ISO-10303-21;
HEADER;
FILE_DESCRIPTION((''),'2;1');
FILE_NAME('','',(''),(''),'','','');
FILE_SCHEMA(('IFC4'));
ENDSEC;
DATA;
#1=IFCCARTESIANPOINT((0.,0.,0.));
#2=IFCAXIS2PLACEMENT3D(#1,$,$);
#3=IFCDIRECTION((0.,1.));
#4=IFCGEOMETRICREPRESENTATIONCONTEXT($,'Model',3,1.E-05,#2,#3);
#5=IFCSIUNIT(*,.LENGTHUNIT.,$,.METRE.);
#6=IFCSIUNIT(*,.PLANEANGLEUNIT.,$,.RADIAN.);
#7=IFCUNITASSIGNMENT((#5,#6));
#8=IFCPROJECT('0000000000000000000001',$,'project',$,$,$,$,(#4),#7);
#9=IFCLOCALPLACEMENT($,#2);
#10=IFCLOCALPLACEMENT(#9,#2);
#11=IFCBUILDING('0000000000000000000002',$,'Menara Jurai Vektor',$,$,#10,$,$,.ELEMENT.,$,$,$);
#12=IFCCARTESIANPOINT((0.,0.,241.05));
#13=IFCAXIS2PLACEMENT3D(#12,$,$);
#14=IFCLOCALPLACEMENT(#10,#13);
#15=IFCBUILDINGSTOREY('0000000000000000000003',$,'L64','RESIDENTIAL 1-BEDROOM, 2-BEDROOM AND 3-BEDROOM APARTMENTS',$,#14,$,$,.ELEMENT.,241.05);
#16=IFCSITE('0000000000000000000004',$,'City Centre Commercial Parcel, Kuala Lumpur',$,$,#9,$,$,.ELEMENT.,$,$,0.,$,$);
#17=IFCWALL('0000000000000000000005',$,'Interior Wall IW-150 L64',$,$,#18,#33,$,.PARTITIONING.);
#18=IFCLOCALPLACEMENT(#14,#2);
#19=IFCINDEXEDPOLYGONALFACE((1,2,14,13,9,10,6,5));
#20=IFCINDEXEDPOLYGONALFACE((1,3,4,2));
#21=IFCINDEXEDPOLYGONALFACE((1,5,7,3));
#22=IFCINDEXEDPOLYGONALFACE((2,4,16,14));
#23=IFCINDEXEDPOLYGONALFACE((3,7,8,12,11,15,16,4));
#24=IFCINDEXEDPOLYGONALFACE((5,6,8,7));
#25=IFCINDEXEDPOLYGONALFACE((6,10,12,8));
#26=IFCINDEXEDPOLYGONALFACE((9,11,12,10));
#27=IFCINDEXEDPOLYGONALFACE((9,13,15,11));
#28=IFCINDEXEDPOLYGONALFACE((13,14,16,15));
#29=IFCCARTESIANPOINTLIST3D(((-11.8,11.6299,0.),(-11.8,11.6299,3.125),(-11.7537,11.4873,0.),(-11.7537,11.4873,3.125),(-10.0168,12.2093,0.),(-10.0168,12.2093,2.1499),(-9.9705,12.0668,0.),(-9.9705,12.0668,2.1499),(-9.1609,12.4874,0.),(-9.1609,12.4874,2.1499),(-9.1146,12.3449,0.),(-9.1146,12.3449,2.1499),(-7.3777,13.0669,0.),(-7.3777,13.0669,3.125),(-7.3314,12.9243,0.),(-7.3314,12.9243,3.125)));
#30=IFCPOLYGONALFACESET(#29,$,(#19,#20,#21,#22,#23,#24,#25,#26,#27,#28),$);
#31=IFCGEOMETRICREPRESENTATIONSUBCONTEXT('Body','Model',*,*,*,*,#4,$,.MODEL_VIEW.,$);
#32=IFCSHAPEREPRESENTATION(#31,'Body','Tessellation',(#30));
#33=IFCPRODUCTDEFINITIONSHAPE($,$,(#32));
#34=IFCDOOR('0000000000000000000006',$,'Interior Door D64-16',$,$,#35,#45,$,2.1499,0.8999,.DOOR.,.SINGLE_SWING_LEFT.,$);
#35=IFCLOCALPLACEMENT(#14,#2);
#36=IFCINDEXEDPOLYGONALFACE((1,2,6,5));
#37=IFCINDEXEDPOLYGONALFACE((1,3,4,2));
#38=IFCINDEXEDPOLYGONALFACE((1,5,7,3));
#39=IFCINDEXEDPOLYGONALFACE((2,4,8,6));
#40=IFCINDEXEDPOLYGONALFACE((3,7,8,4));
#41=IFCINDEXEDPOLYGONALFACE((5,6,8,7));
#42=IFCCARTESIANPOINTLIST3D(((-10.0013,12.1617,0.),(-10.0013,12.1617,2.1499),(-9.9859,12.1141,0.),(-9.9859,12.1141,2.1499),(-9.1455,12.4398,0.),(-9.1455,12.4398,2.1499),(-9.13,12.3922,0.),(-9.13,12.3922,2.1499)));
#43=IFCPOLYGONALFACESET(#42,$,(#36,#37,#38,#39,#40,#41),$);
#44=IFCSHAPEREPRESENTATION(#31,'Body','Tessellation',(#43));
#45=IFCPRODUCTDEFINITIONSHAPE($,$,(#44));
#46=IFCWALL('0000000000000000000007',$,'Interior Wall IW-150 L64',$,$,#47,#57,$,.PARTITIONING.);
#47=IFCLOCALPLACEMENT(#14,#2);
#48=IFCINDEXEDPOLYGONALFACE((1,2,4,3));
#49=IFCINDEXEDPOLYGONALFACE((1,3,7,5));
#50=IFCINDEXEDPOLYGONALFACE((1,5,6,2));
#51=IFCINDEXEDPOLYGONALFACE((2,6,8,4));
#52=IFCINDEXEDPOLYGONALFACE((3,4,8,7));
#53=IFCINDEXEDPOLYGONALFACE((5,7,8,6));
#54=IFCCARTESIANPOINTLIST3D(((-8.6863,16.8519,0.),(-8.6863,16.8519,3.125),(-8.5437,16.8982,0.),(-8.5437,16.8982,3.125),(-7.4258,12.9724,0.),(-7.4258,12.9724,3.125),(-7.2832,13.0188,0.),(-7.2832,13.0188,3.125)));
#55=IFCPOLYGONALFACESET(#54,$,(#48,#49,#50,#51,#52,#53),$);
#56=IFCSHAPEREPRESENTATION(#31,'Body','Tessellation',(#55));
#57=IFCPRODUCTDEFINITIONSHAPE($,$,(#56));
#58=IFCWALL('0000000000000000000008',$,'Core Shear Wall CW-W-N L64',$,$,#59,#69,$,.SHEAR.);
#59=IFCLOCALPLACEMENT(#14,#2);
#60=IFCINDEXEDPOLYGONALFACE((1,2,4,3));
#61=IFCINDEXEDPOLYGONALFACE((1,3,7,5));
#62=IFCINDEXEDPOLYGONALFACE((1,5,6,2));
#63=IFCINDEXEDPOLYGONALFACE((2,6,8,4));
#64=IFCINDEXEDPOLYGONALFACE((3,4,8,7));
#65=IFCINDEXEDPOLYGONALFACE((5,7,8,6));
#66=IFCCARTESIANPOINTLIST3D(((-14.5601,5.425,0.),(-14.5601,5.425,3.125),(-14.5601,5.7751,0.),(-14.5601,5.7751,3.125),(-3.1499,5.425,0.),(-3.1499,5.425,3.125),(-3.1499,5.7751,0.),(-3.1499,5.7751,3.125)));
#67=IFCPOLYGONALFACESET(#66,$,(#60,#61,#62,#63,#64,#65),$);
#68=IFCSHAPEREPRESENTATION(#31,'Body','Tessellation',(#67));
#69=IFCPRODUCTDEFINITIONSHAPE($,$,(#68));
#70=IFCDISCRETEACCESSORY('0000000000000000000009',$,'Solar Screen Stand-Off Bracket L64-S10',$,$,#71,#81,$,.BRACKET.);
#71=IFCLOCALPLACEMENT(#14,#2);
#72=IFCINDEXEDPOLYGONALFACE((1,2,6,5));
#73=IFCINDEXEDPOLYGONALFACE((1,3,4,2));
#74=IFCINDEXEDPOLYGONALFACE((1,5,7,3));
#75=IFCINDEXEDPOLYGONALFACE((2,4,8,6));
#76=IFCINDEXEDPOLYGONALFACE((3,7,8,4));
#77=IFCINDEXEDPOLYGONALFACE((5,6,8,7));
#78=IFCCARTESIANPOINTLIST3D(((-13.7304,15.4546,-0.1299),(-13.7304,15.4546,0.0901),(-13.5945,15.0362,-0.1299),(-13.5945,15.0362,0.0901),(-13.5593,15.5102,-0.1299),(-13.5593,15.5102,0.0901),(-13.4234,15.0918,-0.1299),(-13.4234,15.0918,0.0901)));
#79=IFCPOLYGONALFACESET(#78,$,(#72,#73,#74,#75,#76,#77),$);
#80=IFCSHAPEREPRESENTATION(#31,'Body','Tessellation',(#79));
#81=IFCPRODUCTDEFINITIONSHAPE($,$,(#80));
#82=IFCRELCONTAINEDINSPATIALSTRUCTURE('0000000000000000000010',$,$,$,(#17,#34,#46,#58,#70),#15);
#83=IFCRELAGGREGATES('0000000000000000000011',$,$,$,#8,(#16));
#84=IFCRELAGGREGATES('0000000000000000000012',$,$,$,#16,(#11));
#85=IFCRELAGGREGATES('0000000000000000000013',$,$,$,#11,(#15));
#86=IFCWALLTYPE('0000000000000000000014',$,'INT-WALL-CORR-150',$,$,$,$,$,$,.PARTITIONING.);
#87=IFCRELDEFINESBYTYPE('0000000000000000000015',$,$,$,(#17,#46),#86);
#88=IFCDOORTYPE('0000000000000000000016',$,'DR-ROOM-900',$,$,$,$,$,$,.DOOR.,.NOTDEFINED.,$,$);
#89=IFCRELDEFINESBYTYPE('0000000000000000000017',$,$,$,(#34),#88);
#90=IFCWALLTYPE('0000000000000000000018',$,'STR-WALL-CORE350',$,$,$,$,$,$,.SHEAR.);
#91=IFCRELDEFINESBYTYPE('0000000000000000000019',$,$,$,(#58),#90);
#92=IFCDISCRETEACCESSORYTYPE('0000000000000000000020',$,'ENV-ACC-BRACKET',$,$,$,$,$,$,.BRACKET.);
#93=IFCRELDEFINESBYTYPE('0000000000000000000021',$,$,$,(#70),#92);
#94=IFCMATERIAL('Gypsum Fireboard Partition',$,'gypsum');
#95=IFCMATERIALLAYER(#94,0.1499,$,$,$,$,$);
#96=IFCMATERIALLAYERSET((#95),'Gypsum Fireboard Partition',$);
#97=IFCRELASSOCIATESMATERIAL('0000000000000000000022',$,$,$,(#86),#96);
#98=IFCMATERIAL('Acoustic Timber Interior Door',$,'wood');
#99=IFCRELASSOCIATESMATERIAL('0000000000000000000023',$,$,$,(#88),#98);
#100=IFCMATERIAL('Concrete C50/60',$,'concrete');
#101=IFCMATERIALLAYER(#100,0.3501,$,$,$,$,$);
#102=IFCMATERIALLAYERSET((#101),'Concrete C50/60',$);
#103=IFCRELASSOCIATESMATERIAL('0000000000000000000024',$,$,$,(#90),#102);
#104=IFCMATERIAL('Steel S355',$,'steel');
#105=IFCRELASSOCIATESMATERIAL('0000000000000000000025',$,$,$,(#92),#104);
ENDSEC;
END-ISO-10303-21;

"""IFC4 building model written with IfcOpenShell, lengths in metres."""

from ifc_helpers import new_model, si_unit, direction, frame, frame_2d, origin, origin_2d, place, context, subcontext, project, spatial, rectangle, extrude, material, layer, layer_set, type_object, element, fill, save


model = new_model("IFC4")

# Units and contexts
model_context = context("Model", 3, precision=1e-05, world=origin(), true_north=direction((0.0, 1.0)))
body_context = subcontext(model_context, "Body", "Model", "MODEL_VIEW")
ifc_project = project(units=[si_unit("LENGTHUNIT", "METRE"), si_unit("PLANEANGLEUNIT", "RADIAN")], contexts=[model_context])

# Site, building, storey
site_placement = place(None, origin())
site = spatial("IfcSite", under=ifc_project, at=site_placement, Name="City Centre Commercial Parcel, Kuala Lumpur", CompositionType="ELEMENT", RefElevation=0.0)
building_placement = place(site_placement, origin())
building = spatial("IfcBuilding", under=site, at=building_placement, Name="Menara Jurai Vektor", CompositionType="ELEMENT")
storey_placement = place(building_placement, frame((0.0, 0.0, 241.05)))
storey = spatial("IfcBuildingStorey", under=building, at=storey_placement, Name="L64", Description="RESIDENTIAL 1-BEDROOM, 2-BEDROOM AND 3-BEDROOM APARTMENTS", CompositionType="ELEMENT", Elevation=241.05)

# Shared definitions
ifc_material_1 = material(Name="Steel S355", Category="steel")

# Shared definitions
ifc_material_2 = material(Name="Gypsum Fireboard Partition", Category="gypsum")
ifc_layer_1 = layer(ifc_material_2, 0.1499)
ifc_layer_set_1 = layer_set([ifc_layer_1], Name="Gypsum Fireboard Partition")
wall_type_1 = type_object("IfcWallType", Name="INT-WALL-CORR-150", PredefinedType="PARTITIONING", material=ifc_layer_set_1)

# Wall, opening, door
wall_1_placement = place(storey_placement, frame((-11.7769, 11.5586, 0.0), z_axis=(0.0, 0.0, 1.0), x_axis=(0.95105, 0.309036, 0.0)))
wall_1 = element("IfcWall", 1, at=wall_1_placement, inside=storey, type_object=wall_type_1, Name="Interior Wall IW-150 L64", PredefinedType="PARTITIONING", context=body_context, shape_type="SweptSolid", body=[
    extrude(rectangle(XDim=4.6499, YDim=0.1499, at=frame_2d((2.325, 0.0))), origin(), (0.0, 0.0, 1.0), 3.125),
])
opening_1_placement = place(wall_1_placement, frame((1.875, 0.0, 0.0)))
opening_1 = element("IfcOpeningElement", 2, at=opening_1_placement, cuts=wall_1, PredefinedType="OPENING", context=body_context, shape_type="SweptSolid", body=[
    extrude(rectangle(XDim=0.8999, YDim=2.1499, at=frame_2d((0.45, 1.075))), frame((0.0, 0.085, 0.0), z_axis=(0.0, -1.0, 0.0), x_axis=(1.0, 0.0, 0.0)), (0.0, 0.0, 1.0), 0.1699),
])
ifc_material_3 = material(Name="Acoustic Timber Interior Door", Category="wood")
door_type_1 = type_object("IfcDoorType", Name="DR-ROOM-900", OperationType="NOTDEFINED", PredefinedType="DOOR", material=ifc_material_3)
door_1_placement = place(opening_1_placement, origin())
door_1 = element("IfcDoor", 3, at=door_1_placement, inside=storey, type_object=door_type_1, Name="Interior Door D64-16", OperationType="SINGLE_SWING_LEFT", OverallHeight=2.1499, OverallWidth=0.8999, PredefinedType="DOOR", context=body_context, shape_type="SweptSolid", body=[
    extrude(rectangle(XDim=0.8999, YDim=2.1499, at=frame_2d((0.45, 1.075))), frame((0.0, 0.0249, 0.0), z_axis=(0.0, -1.0, 0.0), x_axis=(1.0, 0.0, 0.0)), (0.0, 0.0, 1.0), 0.05),
])
fill(opening_1, door_1)

# Walls
wall_2_placement = place(storey_placement, frame((-7.3545, 12.9956, 0.0), z_axis=(0.0, 0.0, 1.0), x_axis=(-0.309018, 0.951056, 0.0)))
element("IfcWall", 4, at=wall_2_placement, inside=storey, type_object=wall_type_1, Name="Interior Wall IW-150 L64", PredefinedType="PARTITIONING", context=body_context, shape_type="SweptSolid", body=[
    extrude(rectangle(XDim=4.0791, YDim=0.1499, at=frame_2d((2.0396, 0.0))), origin(), (0.0, 0.0, 1.0), 3.125),
])
ifc_material_4 = material(Name="Concrete C50/60", Category="concrete")
ifc_layer_2 = layer(ifc_material_4, 0.3501)
ifc_layer_set_2 = layer_set([ifc_layer_2], Name="Concrete C50/60")
wall_type_2 = type_object("IfcWallType", Name="STR-WALL-CORE350", PredefinedType="SHEAR", material=ifc_layer_set_2)
wall_3_placement = place(storey_placement, frame((-14.5601, 5.6001, 0.0), z_axis=(0.0, 0.0, 1.0), x_axis=(1.0, 0.0, 0.0)))
element("IfcWall", 5, at=wall_3_placement, inside=storey, type_object=wall_type_2, Name="Core Shear Wall CW-W-N L64", PredefinedType="SHEAR", context=body_context, shape_type="SweptSolid", body=[
    extrude(rectangle(XDim=11.4102, YDim=0.3501, at=frame_2d((5.7051, 0.0))), origin(), (0.0, 0.0, 1.0), 3.125),
])

# Discrete accessory
discrete_accessory_type = type_object("IfcDiscreteAccessoryType", Name="ENV-ACC-BRACKET", PredefinedType="BRACKET", material=ifc_material_1)
discrete_accessory_placement = place(storey_placement, frame((-13.5769, 15.2732, -0.1299), z_axis=(0.0, 0.0, 1.0), x_axis=(-0.951057, -0.309017, 0.0)))
element("IfcDiscreteAccessory", 6, at=discrete_accessory_placement, inside=storey, type_object=discrete_accessory_type, Name="Solar Screen Stand-Off Bracket L64-S10", PredefinedType="BRACKET", context=body_context, shape_type="SweptSolid", body=[
    extrude(rectangle(XDim=0.1799, YDim=0.4399, at=origin_2d()), origin(), (0.0, 0.0, 1.0), 0.22),
])

save(model, "model.ifc")
